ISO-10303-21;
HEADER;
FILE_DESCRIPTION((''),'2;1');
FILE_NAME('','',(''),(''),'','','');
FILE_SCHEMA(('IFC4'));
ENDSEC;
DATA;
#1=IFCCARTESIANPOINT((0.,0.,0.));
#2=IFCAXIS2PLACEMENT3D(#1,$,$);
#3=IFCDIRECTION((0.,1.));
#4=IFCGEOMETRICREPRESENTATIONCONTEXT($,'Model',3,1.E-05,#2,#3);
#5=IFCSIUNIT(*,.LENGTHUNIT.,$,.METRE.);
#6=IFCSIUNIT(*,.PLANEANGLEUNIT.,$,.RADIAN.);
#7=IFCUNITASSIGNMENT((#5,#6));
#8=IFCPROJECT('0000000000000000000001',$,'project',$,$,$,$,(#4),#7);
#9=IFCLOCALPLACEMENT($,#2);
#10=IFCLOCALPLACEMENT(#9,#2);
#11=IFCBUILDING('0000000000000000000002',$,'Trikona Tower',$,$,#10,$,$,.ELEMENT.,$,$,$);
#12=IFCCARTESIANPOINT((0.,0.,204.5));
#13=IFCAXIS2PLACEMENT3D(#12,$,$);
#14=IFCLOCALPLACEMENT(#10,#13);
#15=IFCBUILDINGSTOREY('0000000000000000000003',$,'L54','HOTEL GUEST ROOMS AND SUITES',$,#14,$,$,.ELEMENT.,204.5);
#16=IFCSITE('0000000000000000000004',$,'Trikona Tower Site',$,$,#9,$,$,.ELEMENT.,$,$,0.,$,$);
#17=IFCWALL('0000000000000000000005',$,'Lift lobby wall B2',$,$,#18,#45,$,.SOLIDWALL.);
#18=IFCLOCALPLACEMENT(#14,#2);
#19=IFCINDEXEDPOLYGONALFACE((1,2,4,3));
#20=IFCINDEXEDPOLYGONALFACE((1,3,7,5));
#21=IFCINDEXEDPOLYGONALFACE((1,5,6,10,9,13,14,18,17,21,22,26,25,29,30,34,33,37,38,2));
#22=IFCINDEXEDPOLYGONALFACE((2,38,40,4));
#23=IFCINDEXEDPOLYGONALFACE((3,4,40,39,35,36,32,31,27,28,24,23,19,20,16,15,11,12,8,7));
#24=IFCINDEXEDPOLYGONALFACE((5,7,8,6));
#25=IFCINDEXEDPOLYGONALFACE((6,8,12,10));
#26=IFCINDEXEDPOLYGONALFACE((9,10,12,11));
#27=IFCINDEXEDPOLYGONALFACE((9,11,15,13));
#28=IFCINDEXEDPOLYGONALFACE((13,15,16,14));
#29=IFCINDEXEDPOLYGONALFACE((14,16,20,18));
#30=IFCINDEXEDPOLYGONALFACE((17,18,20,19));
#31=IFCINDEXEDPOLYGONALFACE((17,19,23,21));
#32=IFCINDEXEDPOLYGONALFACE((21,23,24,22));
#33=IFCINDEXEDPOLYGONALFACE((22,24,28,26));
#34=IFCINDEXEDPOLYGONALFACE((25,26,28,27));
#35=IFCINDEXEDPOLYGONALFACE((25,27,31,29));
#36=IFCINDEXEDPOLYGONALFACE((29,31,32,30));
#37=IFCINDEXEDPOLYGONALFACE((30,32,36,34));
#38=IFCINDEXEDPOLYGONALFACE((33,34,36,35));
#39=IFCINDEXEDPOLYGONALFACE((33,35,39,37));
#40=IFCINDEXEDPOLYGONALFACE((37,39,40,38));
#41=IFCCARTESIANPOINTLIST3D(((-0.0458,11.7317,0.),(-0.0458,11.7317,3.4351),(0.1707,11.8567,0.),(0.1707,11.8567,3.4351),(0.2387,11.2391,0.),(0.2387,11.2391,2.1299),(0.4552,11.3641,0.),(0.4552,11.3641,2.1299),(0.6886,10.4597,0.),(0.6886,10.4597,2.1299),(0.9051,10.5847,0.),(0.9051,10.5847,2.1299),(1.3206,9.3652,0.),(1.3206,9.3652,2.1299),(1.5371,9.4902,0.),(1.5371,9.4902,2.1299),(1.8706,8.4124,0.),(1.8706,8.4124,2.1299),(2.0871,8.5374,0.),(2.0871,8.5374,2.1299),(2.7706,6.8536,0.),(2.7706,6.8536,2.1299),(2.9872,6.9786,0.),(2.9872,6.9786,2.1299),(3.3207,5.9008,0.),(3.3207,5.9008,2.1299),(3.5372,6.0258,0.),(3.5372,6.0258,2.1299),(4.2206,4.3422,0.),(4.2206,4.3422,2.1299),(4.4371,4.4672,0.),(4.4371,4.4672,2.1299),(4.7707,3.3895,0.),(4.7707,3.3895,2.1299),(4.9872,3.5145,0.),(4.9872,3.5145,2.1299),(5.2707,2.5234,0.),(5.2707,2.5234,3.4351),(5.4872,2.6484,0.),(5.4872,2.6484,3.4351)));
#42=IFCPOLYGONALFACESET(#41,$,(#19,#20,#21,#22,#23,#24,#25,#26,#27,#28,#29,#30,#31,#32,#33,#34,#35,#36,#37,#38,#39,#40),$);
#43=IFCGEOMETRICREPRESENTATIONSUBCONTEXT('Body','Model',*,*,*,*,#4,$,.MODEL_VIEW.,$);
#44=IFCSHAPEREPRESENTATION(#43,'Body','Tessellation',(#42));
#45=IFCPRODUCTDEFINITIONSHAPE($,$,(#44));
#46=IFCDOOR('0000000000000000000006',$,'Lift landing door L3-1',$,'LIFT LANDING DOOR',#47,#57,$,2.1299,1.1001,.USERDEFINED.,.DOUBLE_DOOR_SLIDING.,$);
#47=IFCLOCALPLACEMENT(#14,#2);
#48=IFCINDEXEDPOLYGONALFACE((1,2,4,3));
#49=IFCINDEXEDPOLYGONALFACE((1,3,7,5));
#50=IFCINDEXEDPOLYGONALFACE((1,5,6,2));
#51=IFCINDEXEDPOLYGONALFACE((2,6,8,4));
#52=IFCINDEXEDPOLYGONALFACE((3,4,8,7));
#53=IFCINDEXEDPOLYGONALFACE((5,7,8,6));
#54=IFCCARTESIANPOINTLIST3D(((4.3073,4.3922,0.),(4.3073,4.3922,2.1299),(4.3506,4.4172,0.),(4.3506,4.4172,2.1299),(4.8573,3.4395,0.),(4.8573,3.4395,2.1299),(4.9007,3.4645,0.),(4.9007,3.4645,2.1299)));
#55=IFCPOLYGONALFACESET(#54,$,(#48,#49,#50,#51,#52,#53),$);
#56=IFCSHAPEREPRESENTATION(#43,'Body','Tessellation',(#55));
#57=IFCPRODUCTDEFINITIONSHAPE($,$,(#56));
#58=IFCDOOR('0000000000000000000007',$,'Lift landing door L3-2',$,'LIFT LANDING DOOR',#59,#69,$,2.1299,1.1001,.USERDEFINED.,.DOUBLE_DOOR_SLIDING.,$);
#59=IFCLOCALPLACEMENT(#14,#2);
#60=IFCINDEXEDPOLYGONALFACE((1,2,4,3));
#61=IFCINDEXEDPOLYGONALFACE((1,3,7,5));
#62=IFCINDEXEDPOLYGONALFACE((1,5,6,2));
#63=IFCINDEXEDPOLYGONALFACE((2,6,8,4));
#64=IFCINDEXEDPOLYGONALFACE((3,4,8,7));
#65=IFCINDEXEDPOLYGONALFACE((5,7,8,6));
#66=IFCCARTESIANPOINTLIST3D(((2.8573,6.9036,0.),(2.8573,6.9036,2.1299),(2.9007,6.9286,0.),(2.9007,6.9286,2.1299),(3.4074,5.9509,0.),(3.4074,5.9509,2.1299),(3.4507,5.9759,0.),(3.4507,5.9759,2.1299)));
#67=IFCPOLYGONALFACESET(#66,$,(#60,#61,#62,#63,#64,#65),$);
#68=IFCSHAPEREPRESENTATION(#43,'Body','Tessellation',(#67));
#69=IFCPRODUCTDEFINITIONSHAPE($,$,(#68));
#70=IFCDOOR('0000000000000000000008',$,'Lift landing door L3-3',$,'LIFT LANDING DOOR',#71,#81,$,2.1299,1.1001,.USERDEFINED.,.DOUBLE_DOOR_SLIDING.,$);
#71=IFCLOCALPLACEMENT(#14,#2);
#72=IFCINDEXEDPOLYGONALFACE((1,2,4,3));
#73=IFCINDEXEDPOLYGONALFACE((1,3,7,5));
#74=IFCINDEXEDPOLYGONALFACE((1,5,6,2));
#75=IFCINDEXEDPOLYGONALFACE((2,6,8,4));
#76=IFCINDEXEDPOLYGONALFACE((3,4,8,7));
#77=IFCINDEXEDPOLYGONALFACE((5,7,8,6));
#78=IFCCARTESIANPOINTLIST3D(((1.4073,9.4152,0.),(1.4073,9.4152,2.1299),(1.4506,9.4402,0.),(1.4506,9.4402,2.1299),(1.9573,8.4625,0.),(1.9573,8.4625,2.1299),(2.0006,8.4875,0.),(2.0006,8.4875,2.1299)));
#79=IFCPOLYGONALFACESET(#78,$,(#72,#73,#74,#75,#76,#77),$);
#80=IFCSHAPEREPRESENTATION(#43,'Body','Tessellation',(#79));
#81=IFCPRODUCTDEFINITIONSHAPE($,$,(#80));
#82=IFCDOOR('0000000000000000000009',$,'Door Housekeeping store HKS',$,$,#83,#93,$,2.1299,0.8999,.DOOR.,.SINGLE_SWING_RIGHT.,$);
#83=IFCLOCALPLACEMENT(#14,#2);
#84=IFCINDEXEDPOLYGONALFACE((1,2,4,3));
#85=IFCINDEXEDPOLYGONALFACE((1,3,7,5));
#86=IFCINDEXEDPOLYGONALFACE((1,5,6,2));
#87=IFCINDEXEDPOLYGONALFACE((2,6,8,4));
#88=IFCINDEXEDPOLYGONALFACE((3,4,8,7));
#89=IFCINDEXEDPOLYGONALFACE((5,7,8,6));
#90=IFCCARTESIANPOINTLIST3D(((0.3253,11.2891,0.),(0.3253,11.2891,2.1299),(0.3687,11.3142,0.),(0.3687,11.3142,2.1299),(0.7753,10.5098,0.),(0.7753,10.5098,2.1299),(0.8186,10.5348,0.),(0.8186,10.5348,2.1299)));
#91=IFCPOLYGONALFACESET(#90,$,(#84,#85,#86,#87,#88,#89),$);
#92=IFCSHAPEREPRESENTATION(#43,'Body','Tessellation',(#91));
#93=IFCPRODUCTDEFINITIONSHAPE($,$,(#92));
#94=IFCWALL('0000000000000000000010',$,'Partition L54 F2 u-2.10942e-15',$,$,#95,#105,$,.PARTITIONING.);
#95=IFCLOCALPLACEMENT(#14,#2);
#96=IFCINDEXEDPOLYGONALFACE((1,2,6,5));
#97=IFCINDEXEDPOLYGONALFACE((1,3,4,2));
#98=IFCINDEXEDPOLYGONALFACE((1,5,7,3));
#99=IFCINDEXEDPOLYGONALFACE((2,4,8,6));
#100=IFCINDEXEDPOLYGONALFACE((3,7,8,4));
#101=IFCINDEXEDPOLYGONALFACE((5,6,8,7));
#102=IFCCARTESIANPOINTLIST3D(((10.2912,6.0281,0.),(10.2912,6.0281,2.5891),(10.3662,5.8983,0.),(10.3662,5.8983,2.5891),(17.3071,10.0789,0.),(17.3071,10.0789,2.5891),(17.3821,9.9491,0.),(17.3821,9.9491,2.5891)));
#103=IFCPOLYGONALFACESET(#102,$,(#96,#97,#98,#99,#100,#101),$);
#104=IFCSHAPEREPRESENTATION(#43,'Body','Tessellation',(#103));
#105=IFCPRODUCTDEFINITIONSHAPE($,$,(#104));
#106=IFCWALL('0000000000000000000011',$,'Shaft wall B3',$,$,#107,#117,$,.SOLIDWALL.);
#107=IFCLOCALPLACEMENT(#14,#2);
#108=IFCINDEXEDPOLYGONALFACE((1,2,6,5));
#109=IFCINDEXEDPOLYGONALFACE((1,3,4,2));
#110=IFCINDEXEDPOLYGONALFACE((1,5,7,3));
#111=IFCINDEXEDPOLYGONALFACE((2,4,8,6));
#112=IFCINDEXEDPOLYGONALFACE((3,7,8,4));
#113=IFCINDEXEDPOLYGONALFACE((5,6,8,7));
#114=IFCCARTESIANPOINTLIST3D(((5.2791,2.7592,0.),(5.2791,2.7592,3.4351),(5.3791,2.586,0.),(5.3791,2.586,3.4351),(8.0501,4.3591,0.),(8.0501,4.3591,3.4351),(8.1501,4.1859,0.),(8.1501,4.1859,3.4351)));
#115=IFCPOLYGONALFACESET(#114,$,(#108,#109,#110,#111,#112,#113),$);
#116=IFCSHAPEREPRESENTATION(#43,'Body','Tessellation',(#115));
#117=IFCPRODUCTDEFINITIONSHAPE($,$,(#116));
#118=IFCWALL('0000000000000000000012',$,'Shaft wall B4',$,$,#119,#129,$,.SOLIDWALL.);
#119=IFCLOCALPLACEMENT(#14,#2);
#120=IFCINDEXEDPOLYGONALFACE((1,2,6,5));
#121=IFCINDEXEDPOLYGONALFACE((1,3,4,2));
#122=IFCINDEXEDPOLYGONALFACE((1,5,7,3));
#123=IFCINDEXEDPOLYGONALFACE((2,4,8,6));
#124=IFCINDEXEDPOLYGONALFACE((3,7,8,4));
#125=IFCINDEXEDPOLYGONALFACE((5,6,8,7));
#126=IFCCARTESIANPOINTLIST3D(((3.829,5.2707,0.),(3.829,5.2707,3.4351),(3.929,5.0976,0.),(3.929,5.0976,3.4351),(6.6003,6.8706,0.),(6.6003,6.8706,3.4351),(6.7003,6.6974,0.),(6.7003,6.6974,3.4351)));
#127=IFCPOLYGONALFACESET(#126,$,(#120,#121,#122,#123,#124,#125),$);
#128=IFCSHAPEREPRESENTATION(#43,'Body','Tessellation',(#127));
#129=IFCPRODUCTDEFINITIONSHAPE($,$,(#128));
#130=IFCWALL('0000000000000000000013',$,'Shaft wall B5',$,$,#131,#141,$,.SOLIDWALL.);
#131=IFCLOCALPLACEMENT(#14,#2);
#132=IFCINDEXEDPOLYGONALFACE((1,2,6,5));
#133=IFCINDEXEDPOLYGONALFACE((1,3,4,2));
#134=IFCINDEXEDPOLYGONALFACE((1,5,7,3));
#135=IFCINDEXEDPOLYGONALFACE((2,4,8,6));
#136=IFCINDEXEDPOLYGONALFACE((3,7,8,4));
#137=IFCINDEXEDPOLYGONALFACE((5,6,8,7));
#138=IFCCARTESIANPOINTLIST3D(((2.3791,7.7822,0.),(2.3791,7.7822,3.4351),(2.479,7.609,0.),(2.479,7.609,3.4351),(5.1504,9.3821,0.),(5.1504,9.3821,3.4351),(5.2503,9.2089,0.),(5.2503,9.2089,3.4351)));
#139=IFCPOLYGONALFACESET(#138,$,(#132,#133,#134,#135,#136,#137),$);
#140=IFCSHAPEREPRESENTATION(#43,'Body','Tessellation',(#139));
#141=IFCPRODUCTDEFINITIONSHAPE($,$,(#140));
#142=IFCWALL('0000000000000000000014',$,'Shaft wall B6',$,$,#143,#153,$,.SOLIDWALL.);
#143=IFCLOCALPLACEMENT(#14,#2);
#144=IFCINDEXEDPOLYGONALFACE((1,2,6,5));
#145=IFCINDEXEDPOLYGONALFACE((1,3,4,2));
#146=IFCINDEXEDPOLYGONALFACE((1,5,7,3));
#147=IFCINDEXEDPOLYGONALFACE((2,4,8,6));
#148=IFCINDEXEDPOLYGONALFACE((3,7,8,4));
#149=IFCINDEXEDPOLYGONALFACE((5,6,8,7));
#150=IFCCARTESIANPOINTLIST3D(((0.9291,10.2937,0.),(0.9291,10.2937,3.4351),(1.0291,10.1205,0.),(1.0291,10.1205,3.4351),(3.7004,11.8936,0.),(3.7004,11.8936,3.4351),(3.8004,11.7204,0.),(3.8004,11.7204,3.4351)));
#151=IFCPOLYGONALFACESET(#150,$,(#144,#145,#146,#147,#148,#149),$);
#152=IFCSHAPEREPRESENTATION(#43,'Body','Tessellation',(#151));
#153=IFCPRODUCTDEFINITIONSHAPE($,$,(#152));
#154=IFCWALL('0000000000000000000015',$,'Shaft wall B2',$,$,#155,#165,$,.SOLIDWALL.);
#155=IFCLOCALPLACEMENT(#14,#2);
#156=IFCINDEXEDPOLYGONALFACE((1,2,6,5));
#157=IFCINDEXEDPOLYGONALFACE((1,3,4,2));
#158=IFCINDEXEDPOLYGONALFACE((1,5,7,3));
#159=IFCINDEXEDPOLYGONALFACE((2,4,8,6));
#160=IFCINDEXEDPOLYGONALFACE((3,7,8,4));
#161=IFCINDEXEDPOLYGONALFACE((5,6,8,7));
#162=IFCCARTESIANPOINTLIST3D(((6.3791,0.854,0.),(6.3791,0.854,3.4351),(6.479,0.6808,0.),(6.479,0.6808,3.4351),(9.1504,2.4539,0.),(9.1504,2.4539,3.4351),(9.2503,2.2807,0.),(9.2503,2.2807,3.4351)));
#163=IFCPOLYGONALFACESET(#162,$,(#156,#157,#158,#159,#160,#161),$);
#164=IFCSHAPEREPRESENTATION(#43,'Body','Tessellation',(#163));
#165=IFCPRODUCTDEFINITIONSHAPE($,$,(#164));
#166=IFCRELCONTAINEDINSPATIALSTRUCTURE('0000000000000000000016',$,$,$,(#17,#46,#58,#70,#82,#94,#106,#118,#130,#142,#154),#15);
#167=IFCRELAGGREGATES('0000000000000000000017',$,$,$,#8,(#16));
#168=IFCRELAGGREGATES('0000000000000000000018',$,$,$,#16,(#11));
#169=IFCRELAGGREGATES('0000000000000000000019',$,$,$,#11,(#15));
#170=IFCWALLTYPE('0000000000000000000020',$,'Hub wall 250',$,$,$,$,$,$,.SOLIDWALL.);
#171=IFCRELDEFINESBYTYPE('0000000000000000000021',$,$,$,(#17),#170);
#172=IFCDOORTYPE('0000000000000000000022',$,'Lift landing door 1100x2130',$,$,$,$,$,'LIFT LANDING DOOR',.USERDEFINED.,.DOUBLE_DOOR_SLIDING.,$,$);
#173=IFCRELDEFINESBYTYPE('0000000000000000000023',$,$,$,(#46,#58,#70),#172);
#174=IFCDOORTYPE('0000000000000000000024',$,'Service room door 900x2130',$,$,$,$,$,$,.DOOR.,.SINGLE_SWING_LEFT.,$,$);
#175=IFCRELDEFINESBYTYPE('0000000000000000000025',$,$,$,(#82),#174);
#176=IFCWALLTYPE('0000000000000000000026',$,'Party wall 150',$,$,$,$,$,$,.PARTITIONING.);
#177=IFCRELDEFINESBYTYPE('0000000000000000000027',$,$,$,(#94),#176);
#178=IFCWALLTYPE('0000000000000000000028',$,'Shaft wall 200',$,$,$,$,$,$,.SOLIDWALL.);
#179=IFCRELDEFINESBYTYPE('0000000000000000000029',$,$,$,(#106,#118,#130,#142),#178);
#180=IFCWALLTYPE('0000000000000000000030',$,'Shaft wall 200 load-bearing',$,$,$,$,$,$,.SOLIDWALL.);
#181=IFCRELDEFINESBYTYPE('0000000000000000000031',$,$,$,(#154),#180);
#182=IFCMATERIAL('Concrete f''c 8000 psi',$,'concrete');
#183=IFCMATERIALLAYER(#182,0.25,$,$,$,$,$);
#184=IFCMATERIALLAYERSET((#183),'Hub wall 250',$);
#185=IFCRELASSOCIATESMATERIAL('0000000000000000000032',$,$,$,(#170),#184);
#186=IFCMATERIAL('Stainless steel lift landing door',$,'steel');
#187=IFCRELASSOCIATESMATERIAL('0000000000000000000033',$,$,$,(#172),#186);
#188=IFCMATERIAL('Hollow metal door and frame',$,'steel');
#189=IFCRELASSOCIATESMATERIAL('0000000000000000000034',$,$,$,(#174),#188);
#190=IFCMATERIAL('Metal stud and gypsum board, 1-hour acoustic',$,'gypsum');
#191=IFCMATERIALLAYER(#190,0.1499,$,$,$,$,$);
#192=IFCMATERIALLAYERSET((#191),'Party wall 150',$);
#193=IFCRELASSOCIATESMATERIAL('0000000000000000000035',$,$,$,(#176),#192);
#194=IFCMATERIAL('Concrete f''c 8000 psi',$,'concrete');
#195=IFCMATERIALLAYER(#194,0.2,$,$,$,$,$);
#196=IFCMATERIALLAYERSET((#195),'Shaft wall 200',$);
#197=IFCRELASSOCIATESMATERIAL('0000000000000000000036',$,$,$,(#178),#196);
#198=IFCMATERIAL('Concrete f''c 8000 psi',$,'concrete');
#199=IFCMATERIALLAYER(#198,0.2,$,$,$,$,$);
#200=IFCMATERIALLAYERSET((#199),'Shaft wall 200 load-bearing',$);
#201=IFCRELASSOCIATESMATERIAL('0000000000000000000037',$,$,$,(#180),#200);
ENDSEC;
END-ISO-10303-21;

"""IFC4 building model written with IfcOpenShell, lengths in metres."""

from ifc_helpers import new_model, si_unit, direction, frame, frame_2d, origin, place, context, subcontext, project, spatial, rectangle, extrude, material, layer, layer_set, type_object, element, fill, save


model = new_model("IFC4")

# Units and contexts
model_context = context("Model", 3, precision=1e-05, world=origin(), true_north=direction((0.0, 1.0)))
body_context = subcontext(model_context, "Body", "Model", "MODEL_VIEW")
ifc_project = project(units=[si_unit("LENGTHUNIT", "METRE"), si_unit("PLANEANGLEUNIT", "RADIAN")], contexts=[model_context])

# Site, building, storey
site_placement = place(None, origin())
site = spatial("IfcSite", under=ifc_project, at=site_placement, Name="Trikona Tower Site", CompositionType="ELEMENT", RefElevation=0.0)
building_placement = place(site_placement, origin())
building = spatial("IfcBuilding", under=site, at=building_placement, Name="Trikona Tower", CompositionType="ELEMENT")
storey_placement = place(building_placement, frame((0.0, 0.0, 204.5)))
storey = spatial("IfcBuildingStorey", under=building, at=storey_placement, Name="L54", Description="HOTEL GUEST ROOMS AND SUITES", CompositionType="ELEMENT", Elevation=204.5)

# Wall, openings, doors
ifc_material_1 = material(Name="Concrete f'c 8000 psi", Category="concrete")
ifc_layer_1 = layer(ifc_material_1, 0.25)
ifc_layer_set_1 = layer_set([ifc_layer_1], Name="Hub wall 250")
wall_type_1 = type_object("IfcWallType", Name="Hub wall 250", PredefinedType="SOLIDWALL", material=ifc_layer_set_1)
wall_1_placement = place(storey_placement, frame((5.3789, 2.5859, 0.0), z_axis=(0.0, 0.0, 1.0), x_axis=(-0.500001, 0.866025, 0.0)))
wall_1 = element("IfcWall", 1, at=wall_1_placement, inside=storey, type_object=wall_type_1, Name="Lift lobby wall B2", PredefinedType="SOLIDWALL", context=body_context, shape_type="SweptSolid", body=[
    extrude(rectangle(XDim=10.6328, YDim=0.25, at=frame_2d((5.3164, 0.0))), origin(), (0.0, 0.0, 1.0), 3.4351),
])
opening_1_placement = place(wall_1_placement, frame((9.1641, 0.0, 0.0)))
opening_1 = element("IfcOpeningElement", 2, at=opening_1_placement, cuts=wall_1, PredefinedType="OPENING", context=body_context, shape_type="SweptSolid", body=[
    extrude(rectangle(XDim=0.8999, YDim=2.1299, at=frame_2d((0.45, 1.0649))), frame((0.0, 0.135, 0.0), z_axis=(0.0, -1.0, 0.0), x_axis=(1.0, 0.0, 0.0)), (0.0, 0.0, 1.0), 0.27),
])
opening_2_placement = place(wall_1_placement, frame((1.0, 0.0, 0.0)))
opening_2 = element("IfcOpeningElement", 3, at=opening_2_placement, cuts=wall_1, PredefinedType="OPENING", context=body_context, shape_type="SweptSolid", body=[
    extrude(rectangle(XDim=1.1001, YDim=2.1299, at=frame_2d((0.55, 1.0649))), frame((0.0, 0.135, 0.0), z_axis=(0.0, -1.0, 0.0), x_axis=(1.0, 0.0, 0.0)), (0.0, 0.0, 1.0), 0.27),
])
opening_3_placement = place(wall_1_placement, frame((3.8999, 0.0, 0.0)))
opening_3 = element("IfcOpeningElement", 4, at=opening_3_placement, cuts=wall_1, PredefinedType="OPENING", context=body_context, shape_type="SweptSolid", body=[
    extrude(rectangle(XDim=1.1001, YDim=2.1299, at=frame_2d((0.55, 1.0649))), frame((0.0, 0.135, 0.0), z_axis=(0.0, -1.0, 0.0), x_axis=(1.0, 0.0, 0.0)), (0.0, 0.0, 1.0), 0.27),
])
opening_4_placement = place(wall_1_placement, frame((6.8, 0.0, 0.0)))
opening_4 = element("IfcOpeningElement", 5, at=opening_4_placement, cuts=wall_1, PredefinedType="OPENING", context=body_context, shape_type="SweptSolid", body=[
    extrude(rectangle(XDim=1.1001, YDim=2.1299, at=frame_2d((0.55, 1.0649))), frame((0.0, 0.135, 0.0), z_axis=(0.0, -1.0, 0.0), x_axis=(1.0, 0.0, 0.0)), (0.0, 0.0, 1.0), 0.27),
])
ifc_material_2 = material(Name="Stainless steel lift landing door", Category="steel")
door_type_1 = type_object("IfcDoorType", Name="Lift landing door 1100x2130", ElementType="LIFT LANDING DOOR", OperationType="DOUBLE_DOOR_SLIDING", PredefinedType="USERDEFINED", material=ifc_material_2)
door_1_placement = place(opening_2_placement, origin())
door_1 = element("IfcDoor", 6, at=door_1_placement, inside=storey, type_object=door_type_1, Name="Lift landing door L3-1", ObjectType="LIFT LANDING DOOR", OperationType="DOUBLE_DOOR_SLIDING", OverallHeight=2.1299, OverallWidth=1.1001, PredefinedType="USERDEFINED", context=body_context, shape_type="SweptSolid", body=[
    extrude(rectangle(XDim=1.1001, YDim=2.1299, at=frame_2d((0.55, 1.0649))), frame((0.0, 0.0249, 0.0), z_axis=(0.0, -1.0, 0.0), x_axis=(1.0, 0.0, 0.0)), (0.0, 0.0, 1.0), 0.05),
])
fill(opening_2, door_1)
door_2_placement = place(opening_3_placement, origin())
door_2 = element("IfcDoor", 7, at=door_2_placement, inside=storey, type_object=door_type_1, Name="Lift landing door L3-2", ObjectType="LIFT LANDING DOOR", OperationType="DOUBLE_DOOR_SLIDING", OverallHeight=2.1299, OverallWidth=1.1001, PredefinedType="USERDEFINED", context=body_context, shape_type="SweptSolid", body=[
    extrude(rectangle(XDim=1.1001, YDim=2.1299, at=frame_2d((0.55, 1.0649))), frame((0.0, 0.0249, 0.0), z_axis=(0.0, -1.0, 0.0), x_axis=(1.0, 0.0, 0.0)), (0.0, 0.0, 1.0), 0.05),
])
fill(opening_3, door_2)
door_3_placement = place(opening_4_placement, origin())
door_3 = element("IfcDoor", 8, at=door_3_placement, inside=storey, type_object=door_type_1, Name="Lift landing door L3-3", ObjectType="LIFT LANDING DOOR", OperationType="DOUBLE_DOOR_SLIDING", OverallHeight=2.1299, OverallWidth=1.1001, PredefinedType="USERDEFINED", context=body_context, shape_type="SweptSolid", body=[
    extrude(rectangle(XDim=1.1001, YDim=2.1299, at=frame_2d((0.55, 1.0649))), frame((0.0, 0.0249, 0.0), z_axis=(0.0, -1.0, 0.0), x_axis=(1.0, 0.0, 0.0)), (0.0, 0.0, 1.0), 0.05),
])
fill(opening_4, door_3)
ifc_material_3 = material(Name="Hollow metal door and frame", Category="steel")
door_type_2 = type_object("IfcDoorType", Name="Service room door 900x2130", OperationType="SINGLE_SWING_LEFT", PredefinedType="DOOR", material=ifc_material_3)
door_4_placement = place(opening_1_placement, origin())
door_4 = element("IfcDoor", 9, at=door_4_placement, inside=storey, type_object=door_type_2, Name="Door Housekeeping store HKS", OperationType="SINGLE_SWING_RIGHT", OverallHeight=2.1299, OverallWidth=0.8999, PredefinedType="DOOR", context=body_context, shape_type="SweptSolid", body=[
    extrude(rectangle(XDim=0.8999, YDim=2.1299, at=frame_2d((0.45, 1.0649))), frame((0.0, 0.0249, 0.0), z_axis=(0.0, -1.0, 0.0), x_axis=(1.0, 0.0, 0.0)), (0.0, 0.0, 1.0), 0.05),
])
fill(opening_1, door_4)

# Walls
ifc_material_4 = material(Name="Metal stud and gypsum board, 1-hour acoustic", Category="gypsum")
ifc_layer_2 = layer(ifc_material_4, 0.1499)
ifc_layer_set_2 = layer_set([ifc_layer_2], Name="Party wall 150")
wall_type_2 = type_object("IfcWallType", Name="Party wall 150", PredefinedType="PARTITIONING", material=ifc_layer_set_2)
wall_2_placement = place(storey_placement, frame((10.3286, 5.9631, 0.0), z_axis=(0.0, 0.0, 1.0), x_axis=(0.866016, 0.500015, 0.0)))
element("IfcWall", 10, at=wall_2_placement, inside=storey, type_object=wall_type_2, Name="Partition L54 F2 u-2.10942e-15", PredefinedType="PARTITIONING", context=body_context, shape_type="SweptSolid", body=[
    extrude(rectangle(XDim=8.1013, YDim=0.1499, at=frame_2d((4.0508, 0.0))), origin(), (0.0, 0.0, 1.0), 2.5891),
])
ifc_material_5 = material(Name="Concrete f'c 8000 psi", Category="concrete")
ifc_layer_3 = layer(ifc_material_5, 0.2)
ifc_layer_set_3 = layer_set([ifc_layer_3], Name="Shaft wall 200")
wall_type_3 = type_object("IfcWallType", Name="Shaft wall 200", PredefinedType="SOLIDWALL", material=ifc_layer_set_3)
wall_3_placement = place(storey_placement, frame((5.3291, 2.6726, 0.0), z_axis=(0.0, 0.0, 1.0), x_axis=(0.866023, 0.500004, 0.0)))
element("IfcWall", 11, at=wall_3_placement, inside=storey, type_object=wall_type_3, Name="Shaft wall B3", PredefinedType="SOLIDWALL", context=body_context, shape_type="SweptSolid", body=[
    extrude(rectangle(XDim=3.1997, YDim=0.2, at=frame_2d((1.5999, 0.0))), origin(), (0.0, 0.0, 1.0), 3.4351),
])
for number, where, z_axis, x_axis, name in (
    (12, (3.8789, 5.1841, 0.0), (0.0, 0.0, 1.0), (0.866042, 0.499971, 0.0), "Shaft wall B4"),
    (13, (2.429, 7.6956, 0.0), (0.0, 0.0, 1.0), (0.866042, 0.499971, 0.0), "Shaft wall B5"),
    (14, (0.979, 10.207, 0.0), (0.0, 0.0, 1.0), (0.866042, 0.499971, 0.0), "Shaft wall B6"),
):
    element("IfcWall", number, at=place(storey_placement, frame(where, z_axis=z_axis, x_axis=x_axis)), inside=storey, type_object=wall_type_3, Name=name, PredefinedType="SOLIDWALL", context=body_context, shape_type="SweptSolid", body=[
        extrude(rectangle(XDim=3.2, YDim=0.2, at=frame_2d((1.6001, 0.0))), origin(), (0.0, 0.0, 1.0), 3.4351),
    ])
ifc_material_6 = material(Name="Concrete f'c 8000 psi", Category="concrete")
ifc_layer_4 = layer(ifc_material_6, 0.2)
ifc_layer_set_4 = layer_set([ifc_layer_4], Name="Shaft wall 200 load-bearing")
wall_type_4 = type_object("IfcWallType", Name="Shaft wall 200 load-bearing", PredefinedType="SOLIDWALL", material=ifc_layer_set_4)
wall_4_placement = place(storey_placement, frame((6.429, 0.7673, 0.0), z_axis=(0.0, 0.0, 1.0), x_axis=(0.866042, 0.499971, 0.0)))
element("IfcWall", 15, at=wall_4_placement, inside=storey, type_object=wall_type_4, Name="Shaft wall B2", PredefinedType="SOLIDWALL", context=body_context, shape_type="SweptSolid", body=[
    extrude(rectangle(XDim=3.2, YDim=0.2, at=frame_2d((1.6001, 0.0))), origin(), (0.0, 0.0, 1.0), 3.4351),
])

save(model, "model.ifc")
